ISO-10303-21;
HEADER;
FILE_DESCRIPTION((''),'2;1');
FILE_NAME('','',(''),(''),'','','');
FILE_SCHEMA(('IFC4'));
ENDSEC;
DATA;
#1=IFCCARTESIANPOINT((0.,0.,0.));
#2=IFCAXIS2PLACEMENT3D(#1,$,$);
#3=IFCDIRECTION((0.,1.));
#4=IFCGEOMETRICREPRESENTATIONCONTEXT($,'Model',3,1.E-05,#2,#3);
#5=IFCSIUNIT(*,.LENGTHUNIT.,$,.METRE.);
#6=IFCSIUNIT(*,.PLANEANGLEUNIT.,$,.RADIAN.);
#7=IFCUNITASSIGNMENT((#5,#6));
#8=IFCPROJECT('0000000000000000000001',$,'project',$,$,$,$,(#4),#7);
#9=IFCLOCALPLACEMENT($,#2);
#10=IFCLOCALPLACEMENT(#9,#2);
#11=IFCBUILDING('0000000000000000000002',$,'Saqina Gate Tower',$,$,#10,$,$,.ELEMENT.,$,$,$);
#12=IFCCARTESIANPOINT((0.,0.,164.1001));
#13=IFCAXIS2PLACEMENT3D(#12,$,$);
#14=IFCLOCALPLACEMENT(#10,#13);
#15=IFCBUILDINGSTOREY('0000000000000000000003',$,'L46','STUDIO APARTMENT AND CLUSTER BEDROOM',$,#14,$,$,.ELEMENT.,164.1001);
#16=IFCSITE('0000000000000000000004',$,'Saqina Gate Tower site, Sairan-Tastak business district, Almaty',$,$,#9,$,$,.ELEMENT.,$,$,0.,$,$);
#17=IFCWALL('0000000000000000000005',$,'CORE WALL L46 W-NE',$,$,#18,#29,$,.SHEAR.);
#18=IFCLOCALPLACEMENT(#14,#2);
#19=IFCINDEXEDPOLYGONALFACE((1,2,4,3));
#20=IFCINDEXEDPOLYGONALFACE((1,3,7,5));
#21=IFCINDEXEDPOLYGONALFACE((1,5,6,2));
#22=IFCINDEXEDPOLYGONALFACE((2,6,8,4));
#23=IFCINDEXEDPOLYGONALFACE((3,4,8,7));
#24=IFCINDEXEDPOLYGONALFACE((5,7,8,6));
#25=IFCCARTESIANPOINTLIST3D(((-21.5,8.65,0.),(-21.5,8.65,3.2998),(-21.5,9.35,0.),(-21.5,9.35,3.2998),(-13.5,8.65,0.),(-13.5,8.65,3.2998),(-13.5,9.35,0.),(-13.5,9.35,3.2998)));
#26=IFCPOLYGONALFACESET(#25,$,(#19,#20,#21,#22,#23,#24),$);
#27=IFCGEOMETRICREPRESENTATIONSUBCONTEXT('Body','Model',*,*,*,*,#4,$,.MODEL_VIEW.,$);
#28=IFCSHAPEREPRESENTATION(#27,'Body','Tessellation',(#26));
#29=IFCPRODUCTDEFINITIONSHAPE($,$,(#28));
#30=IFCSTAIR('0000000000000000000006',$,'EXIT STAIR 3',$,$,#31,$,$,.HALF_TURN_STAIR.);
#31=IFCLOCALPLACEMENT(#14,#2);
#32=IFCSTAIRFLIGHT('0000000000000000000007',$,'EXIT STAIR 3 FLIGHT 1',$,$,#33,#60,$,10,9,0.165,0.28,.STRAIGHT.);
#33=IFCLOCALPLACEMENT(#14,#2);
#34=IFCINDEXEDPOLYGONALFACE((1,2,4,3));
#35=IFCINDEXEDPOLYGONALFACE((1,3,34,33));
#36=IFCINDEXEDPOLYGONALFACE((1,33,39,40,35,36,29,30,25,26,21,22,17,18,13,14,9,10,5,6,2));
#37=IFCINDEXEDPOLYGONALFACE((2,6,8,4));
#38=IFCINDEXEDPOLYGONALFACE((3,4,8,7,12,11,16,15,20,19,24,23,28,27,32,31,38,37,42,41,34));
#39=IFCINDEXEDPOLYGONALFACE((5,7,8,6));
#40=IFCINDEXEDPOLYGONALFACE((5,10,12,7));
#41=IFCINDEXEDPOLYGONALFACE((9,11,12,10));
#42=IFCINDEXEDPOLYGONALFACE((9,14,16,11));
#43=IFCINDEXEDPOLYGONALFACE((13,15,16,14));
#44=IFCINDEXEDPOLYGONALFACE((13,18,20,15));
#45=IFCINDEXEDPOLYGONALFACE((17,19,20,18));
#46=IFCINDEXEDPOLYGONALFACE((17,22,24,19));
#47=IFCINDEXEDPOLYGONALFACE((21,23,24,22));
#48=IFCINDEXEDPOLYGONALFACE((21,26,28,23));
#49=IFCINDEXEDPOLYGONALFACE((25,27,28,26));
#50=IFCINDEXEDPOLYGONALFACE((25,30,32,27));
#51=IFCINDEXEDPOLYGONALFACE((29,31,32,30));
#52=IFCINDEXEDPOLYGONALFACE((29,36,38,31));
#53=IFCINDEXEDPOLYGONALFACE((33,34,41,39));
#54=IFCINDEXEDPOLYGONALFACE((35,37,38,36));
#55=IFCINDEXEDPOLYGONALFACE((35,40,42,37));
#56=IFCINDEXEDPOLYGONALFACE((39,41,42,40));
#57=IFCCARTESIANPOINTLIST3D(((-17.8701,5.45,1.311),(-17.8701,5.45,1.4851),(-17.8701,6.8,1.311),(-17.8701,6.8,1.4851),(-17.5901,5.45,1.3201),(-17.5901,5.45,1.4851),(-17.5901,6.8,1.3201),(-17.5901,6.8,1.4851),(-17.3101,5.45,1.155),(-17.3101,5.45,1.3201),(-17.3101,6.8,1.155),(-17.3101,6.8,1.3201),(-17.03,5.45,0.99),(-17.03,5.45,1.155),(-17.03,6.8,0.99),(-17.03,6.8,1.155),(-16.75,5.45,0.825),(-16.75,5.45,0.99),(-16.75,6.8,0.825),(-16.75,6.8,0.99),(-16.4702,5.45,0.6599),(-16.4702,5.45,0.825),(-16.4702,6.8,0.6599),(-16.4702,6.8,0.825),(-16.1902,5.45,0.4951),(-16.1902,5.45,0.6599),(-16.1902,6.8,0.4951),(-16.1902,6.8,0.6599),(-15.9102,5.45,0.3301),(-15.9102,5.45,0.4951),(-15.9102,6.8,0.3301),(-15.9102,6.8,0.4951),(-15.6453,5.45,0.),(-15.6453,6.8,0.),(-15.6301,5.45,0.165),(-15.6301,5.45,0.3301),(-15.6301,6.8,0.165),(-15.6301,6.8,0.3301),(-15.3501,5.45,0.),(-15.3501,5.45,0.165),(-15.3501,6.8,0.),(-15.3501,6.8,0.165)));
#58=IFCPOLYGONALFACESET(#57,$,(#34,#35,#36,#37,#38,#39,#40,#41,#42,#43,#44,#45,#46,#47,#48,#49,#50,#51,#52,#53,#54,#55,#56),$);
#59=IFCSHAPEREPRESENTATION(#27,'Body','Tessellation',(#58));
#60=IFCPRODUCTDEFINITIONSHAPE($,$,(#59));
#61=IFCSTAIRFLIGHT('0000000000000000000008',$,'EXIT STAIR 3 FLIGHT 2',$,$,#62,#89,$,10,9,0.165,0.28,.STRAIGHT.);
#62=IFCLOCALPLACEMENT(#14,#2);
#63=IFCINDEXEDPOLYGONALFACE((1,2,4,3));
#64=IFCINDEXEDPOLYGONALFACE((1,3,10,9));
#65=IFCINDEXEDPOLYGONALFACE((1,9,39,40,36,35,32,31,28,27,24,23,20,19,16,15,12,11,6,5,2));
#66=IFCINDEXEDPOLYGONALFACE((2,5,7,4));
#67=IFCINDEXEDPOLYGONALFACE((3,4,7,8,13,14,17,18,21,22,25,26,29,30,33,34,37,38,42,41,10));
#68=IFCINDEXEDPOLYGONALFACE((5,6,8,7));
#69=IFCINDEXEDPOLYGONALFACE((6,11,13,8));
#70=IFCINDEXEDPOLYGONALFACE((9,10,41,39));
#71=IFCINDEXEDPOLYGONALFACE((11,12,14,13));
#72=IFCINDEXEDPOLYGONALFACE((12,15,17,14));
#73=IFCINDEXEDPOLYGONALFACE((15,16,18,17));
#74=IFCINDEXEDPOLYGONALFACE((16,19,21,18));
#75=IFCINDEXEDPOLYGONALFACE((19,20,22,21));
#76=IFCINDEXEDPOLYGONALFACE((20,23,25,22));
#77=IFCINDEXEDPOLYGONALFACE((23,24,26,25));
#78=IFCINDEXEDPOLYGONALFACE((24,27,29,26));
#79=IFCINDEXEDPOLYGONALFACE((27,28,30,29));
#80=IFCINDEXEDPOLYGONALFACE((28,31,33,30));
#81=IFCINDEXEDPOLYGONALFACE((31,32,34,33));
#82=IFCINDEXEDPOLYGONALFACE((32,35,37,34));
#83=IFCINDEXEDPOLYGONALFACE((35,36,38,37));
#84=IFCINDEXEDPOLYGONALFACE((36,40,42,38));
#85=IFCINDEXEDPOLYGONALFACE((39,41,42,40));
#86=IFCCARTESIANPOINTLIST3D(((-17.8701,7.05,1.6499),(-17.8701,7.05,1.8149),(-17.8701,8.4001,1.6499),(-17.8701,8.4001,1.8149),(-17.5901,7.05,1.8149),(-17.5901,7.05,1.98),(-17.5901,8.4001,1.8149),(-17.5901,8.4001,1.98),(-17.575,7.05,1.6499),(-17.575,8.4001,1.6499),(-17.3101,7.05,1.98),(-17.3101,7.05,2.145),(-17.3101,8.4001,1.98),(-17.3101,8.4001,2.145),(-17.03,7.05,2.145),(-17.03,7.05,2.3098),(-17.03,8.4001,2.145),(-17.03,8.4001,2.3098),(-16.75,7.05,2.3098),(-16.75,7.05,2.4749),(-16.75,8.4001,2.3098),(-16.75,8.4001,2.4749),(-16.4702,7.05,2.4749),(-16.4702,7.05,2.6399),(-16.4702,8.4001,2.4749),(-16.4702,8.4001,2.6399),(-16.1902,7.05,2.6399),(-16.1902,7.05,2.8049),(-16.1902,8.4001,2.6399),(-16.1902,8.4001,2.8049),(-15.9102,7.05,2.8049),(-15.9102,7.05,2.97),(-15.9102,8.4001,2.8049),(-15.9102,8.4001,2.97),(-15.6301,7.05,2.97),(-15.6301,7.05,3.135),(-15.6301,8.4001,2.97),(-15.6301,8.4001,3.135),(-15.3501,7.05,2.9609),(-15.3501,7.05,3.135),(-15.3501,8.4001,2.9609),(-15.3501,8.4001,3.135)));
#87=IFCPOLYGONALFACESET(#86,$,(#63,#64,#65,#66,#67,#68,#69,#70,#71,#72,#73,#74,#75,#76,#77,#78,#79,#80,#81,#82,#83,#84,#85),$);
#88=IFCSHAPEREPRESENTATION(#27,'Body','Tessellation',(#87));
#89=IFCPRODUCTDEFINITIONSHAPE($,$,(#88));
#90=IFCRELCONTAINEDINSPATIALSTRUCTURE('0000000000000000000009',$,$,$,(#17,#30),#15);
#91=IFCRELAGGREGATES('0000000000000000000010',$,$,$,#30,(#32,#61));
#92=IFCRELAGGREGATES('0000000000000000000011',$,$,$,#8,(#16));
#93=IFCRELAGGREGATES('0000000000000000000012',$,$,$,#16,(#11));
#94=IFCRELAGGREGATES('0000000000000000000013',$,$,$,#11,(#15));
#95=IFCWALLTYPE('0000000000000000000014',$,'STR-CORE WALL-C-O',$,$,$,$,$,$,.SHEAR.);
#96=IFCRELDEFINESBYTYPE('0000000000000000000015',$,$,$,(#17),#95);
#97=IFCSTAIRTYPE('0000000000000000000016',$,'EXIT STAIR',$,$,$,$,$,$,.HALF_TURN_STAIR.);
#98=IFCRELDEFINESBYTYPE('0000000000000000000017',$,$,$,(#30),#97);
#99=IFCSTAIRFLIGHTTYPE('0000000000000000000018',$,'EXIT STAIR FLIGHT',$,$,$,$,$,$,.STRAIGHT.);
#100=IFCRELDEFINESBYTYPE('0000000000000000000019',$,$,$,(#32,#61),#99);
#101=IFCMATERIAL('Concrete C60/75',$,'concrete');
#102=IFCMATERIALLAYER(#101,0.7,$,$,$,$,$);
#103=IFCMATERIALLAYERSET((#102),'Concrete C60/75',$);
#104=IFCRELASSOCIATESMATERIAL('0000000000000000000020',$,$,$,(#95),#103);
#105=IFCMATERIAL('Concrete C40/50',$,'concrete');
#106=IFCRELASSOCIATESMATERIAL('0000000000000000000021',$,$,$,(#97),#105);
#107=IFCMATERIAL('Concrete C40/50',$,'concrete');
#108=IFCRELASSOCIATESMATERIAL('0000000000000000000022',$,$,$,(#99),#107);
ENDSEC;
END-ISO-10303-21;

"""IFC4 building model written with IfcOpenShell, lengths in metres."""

from ifc_helpers import new_model, si_unit, direction, frame, frame_2d, origin, place, context, subcontext, project, spatial, polyline, rectangle, outline, extrude, material, layer, layer_set, type_object, element, aggregate, save


model = new_model("IFC4")

# Units and contexts
model_context = context("Model", 3, precision=1e-05, world=origin(), true_north=direction((0.0, 1.0)))
body_context = subcontext(model_context, "Body", "Model", "MODEL_VIEW")
ifc_project = project(units=[si_unit("LENGTHUNIT", "METRE"), si_unit("PLANEANGLEUNIT", "RADIAN")], contexts=[model_context])

# Site, building, storey
site_placement = place(None, origin())
site = spatial("IfcSite", under=ifc_project, at=site_placement, Name="Saqina Gate Tower site, Sairan-Tastak business district, Almaty", CompositionType="ELEMENT", RefElevation=0.0)
building_placement = place(site_placement, origin())
building = spatial("IfcBuilding", under=site, at=building_placement, Name="Saqina Gate Tower", CompositionType="ELEMENT")
storey_placement = place(building_placement, frame((0.0, 0.0, 164.1001)))
storey = spatial("IfcBuildingStorey", under=building, at=storey_placement, Name="L46", Description="STUDIO APARTMENT AND CLUSTER BEDROOM", CompositionType="ELEMENT", Elevation=164.1001)

# Wall
ifc_material_1 = material(Name="Concrete C60/75", Category="concrete")
ifc_layer_1 = layer(ifc_material_1, 0.7)
ifc_layer_set_1 = layer_set([ifc_layer_1], Name="Concrete C60/75")
wall_type_1 = type_object("IfcWallType", Name="STR-CORE WALL-C-O", PredefinedType="SHEAR", material=ifc_layer_set_1)
wall_1_placement = place(storey_placement, frame((-13.5, 9.0, 0.0), z_axis=(0.0, 0.0, 1.0), x_axis=(-1.0, 0.0, 0.0)))
element("IfcWall", 1, at=wall_1_placement, inside=storey, type_object=wall_type_1, Name="CORE WALL L46 W-NE", PredefinedType="SHEAR", context=body_context, shape_type="SweptSolid", body=[
    extrude(rectangle(XDim=8.0, YDim=0.7, at=frame_2d((4.0, 0.0))), origin(), (0.0, 0.0, 1.0), 3.2998),
])

# Stair, stair flights
ifc_material_2 = material(Name="Concrete C40/50", Category="concrete")
stair_type = type_object("IfcStairType", Name="EXIT STAIR", PredefinedType="HALF_TURN_STAIR", material=ifc_material_2)
stair_placement = place(storey_placement, origin())
stair = element("IfcStair", 2, at=stair_placement, inside=storey, type_object=stair_type, Name="EXIT STAIR 3", PredefinedType="HALF_TURN_STAIR")
ifc_material_3 = material(Name="Concrete C40/50", Category="concrete")
stair_flight_type = type_object("IfcStairFlightType", Name="EXIT STAIR FLIGHT", PredefinedType="STRAIGHT", material=ifc_material_3)
stair_flight_1_placement = place(storey_placement, frame((-15.3501, 6.125, 0.0), z_axis=(0.0, 0.0, 1.0), x_axis=(-1.0, 0.0, 0.0)))
stair_flight_1 = element("IfcStairFlight", 3, at=stair_flight_1_placement, type_object=stair_flight_type, Name="EXIT STAIR 3 FLIGHT 1", NumberOfRisers=10, NumberOfTreads=9, PredefinedType="STRAIGHT", RiserHeight=0.165, TreadLength=0.28, context=body_context, shape_type="SweptSolid", body=[
    extrude(outline(polyline([(0.0, 0.0), (0.0, 0.165), (0.28, 0.165), (0.28, 0.3301), (0.5601, 0.3301), (0.5601, 0.4951), (0.8401, 0.4951), (0.8401, 0.6599), (1.1201, 0.6599), (1.1201, 0.825), (1.3999, 0.825), (1.3999, 0.99), (1.6799, 0.99), (1.6799, 1.155), (1.96, 1.155), (1.96, 1.3201), (2.24, 1.3201), (2.24, 1.4851), (2.52, 1.4851), (2.52, 1.6499), (2.52, 1.311), (0.2952, 0.0), (0.0, 0.0)])), frame((0.0, 0.675, 0.0), z_axis=(0.0, -1.0, 0.0), x_axis=(1.0, 0.0, 0.0)), (0.0, 0.0, 1.0), 1.3501),
])
stair_flight_2_placement = place(storey_placement, frame((-17.8701, 7.7251, 1.6499), z_axis=(0.0, 0.0, 1.0), x_axis=(1.0, 0.0, 0.0)))
stair_flight_2 = element("IfcStairFlight", 4, at=stair_flight_2_placement, type_object=stair_flight_type, Name="EXIT STAIR 3 FLIGHT 2", NumberOfRisers=10, NumberOfTreads=9, PredefinedType="STRAIGHT", RiserHeight=0.165, TreadLength=0.28, context=body_context, shape_type="SweptSolid", body=[
    extrude(outline(polyline([(0.0, 0.0), (0.0, 0.165), (0.28, 0.165), (0.28, 0.3301), (0.5601, 0.3301), (0.5601, 0.4951), (0.8401, 0.4951), (0.8401, 0.6599), (1.1201, 0.6599), (1.1201, 0.825), (1.3999, 0.825), (1.3999, 0.99), (1.6799, 0.99), (1.6799, 1.155), (1.96, 1.155), (1.96, 1.3201), (2.24, 1.3201), (2.24, 1.4851), (2.52, 1.4851), (2.52, 1.6499), (2.52, 1.311), (0.2952, 0.0), (0.0, 0.0)])), frame((0.0, 0.675, 0.0), z_axis=(0.0, -1.0, 0.0), x_axis=(1.0, 0.0, 0.0)), (0.0, 0.0, 1.0), 1.3501),
])
aggregate(stair, [stair_flight_1, stair_flight_2])

save(model, "model.ifc")
